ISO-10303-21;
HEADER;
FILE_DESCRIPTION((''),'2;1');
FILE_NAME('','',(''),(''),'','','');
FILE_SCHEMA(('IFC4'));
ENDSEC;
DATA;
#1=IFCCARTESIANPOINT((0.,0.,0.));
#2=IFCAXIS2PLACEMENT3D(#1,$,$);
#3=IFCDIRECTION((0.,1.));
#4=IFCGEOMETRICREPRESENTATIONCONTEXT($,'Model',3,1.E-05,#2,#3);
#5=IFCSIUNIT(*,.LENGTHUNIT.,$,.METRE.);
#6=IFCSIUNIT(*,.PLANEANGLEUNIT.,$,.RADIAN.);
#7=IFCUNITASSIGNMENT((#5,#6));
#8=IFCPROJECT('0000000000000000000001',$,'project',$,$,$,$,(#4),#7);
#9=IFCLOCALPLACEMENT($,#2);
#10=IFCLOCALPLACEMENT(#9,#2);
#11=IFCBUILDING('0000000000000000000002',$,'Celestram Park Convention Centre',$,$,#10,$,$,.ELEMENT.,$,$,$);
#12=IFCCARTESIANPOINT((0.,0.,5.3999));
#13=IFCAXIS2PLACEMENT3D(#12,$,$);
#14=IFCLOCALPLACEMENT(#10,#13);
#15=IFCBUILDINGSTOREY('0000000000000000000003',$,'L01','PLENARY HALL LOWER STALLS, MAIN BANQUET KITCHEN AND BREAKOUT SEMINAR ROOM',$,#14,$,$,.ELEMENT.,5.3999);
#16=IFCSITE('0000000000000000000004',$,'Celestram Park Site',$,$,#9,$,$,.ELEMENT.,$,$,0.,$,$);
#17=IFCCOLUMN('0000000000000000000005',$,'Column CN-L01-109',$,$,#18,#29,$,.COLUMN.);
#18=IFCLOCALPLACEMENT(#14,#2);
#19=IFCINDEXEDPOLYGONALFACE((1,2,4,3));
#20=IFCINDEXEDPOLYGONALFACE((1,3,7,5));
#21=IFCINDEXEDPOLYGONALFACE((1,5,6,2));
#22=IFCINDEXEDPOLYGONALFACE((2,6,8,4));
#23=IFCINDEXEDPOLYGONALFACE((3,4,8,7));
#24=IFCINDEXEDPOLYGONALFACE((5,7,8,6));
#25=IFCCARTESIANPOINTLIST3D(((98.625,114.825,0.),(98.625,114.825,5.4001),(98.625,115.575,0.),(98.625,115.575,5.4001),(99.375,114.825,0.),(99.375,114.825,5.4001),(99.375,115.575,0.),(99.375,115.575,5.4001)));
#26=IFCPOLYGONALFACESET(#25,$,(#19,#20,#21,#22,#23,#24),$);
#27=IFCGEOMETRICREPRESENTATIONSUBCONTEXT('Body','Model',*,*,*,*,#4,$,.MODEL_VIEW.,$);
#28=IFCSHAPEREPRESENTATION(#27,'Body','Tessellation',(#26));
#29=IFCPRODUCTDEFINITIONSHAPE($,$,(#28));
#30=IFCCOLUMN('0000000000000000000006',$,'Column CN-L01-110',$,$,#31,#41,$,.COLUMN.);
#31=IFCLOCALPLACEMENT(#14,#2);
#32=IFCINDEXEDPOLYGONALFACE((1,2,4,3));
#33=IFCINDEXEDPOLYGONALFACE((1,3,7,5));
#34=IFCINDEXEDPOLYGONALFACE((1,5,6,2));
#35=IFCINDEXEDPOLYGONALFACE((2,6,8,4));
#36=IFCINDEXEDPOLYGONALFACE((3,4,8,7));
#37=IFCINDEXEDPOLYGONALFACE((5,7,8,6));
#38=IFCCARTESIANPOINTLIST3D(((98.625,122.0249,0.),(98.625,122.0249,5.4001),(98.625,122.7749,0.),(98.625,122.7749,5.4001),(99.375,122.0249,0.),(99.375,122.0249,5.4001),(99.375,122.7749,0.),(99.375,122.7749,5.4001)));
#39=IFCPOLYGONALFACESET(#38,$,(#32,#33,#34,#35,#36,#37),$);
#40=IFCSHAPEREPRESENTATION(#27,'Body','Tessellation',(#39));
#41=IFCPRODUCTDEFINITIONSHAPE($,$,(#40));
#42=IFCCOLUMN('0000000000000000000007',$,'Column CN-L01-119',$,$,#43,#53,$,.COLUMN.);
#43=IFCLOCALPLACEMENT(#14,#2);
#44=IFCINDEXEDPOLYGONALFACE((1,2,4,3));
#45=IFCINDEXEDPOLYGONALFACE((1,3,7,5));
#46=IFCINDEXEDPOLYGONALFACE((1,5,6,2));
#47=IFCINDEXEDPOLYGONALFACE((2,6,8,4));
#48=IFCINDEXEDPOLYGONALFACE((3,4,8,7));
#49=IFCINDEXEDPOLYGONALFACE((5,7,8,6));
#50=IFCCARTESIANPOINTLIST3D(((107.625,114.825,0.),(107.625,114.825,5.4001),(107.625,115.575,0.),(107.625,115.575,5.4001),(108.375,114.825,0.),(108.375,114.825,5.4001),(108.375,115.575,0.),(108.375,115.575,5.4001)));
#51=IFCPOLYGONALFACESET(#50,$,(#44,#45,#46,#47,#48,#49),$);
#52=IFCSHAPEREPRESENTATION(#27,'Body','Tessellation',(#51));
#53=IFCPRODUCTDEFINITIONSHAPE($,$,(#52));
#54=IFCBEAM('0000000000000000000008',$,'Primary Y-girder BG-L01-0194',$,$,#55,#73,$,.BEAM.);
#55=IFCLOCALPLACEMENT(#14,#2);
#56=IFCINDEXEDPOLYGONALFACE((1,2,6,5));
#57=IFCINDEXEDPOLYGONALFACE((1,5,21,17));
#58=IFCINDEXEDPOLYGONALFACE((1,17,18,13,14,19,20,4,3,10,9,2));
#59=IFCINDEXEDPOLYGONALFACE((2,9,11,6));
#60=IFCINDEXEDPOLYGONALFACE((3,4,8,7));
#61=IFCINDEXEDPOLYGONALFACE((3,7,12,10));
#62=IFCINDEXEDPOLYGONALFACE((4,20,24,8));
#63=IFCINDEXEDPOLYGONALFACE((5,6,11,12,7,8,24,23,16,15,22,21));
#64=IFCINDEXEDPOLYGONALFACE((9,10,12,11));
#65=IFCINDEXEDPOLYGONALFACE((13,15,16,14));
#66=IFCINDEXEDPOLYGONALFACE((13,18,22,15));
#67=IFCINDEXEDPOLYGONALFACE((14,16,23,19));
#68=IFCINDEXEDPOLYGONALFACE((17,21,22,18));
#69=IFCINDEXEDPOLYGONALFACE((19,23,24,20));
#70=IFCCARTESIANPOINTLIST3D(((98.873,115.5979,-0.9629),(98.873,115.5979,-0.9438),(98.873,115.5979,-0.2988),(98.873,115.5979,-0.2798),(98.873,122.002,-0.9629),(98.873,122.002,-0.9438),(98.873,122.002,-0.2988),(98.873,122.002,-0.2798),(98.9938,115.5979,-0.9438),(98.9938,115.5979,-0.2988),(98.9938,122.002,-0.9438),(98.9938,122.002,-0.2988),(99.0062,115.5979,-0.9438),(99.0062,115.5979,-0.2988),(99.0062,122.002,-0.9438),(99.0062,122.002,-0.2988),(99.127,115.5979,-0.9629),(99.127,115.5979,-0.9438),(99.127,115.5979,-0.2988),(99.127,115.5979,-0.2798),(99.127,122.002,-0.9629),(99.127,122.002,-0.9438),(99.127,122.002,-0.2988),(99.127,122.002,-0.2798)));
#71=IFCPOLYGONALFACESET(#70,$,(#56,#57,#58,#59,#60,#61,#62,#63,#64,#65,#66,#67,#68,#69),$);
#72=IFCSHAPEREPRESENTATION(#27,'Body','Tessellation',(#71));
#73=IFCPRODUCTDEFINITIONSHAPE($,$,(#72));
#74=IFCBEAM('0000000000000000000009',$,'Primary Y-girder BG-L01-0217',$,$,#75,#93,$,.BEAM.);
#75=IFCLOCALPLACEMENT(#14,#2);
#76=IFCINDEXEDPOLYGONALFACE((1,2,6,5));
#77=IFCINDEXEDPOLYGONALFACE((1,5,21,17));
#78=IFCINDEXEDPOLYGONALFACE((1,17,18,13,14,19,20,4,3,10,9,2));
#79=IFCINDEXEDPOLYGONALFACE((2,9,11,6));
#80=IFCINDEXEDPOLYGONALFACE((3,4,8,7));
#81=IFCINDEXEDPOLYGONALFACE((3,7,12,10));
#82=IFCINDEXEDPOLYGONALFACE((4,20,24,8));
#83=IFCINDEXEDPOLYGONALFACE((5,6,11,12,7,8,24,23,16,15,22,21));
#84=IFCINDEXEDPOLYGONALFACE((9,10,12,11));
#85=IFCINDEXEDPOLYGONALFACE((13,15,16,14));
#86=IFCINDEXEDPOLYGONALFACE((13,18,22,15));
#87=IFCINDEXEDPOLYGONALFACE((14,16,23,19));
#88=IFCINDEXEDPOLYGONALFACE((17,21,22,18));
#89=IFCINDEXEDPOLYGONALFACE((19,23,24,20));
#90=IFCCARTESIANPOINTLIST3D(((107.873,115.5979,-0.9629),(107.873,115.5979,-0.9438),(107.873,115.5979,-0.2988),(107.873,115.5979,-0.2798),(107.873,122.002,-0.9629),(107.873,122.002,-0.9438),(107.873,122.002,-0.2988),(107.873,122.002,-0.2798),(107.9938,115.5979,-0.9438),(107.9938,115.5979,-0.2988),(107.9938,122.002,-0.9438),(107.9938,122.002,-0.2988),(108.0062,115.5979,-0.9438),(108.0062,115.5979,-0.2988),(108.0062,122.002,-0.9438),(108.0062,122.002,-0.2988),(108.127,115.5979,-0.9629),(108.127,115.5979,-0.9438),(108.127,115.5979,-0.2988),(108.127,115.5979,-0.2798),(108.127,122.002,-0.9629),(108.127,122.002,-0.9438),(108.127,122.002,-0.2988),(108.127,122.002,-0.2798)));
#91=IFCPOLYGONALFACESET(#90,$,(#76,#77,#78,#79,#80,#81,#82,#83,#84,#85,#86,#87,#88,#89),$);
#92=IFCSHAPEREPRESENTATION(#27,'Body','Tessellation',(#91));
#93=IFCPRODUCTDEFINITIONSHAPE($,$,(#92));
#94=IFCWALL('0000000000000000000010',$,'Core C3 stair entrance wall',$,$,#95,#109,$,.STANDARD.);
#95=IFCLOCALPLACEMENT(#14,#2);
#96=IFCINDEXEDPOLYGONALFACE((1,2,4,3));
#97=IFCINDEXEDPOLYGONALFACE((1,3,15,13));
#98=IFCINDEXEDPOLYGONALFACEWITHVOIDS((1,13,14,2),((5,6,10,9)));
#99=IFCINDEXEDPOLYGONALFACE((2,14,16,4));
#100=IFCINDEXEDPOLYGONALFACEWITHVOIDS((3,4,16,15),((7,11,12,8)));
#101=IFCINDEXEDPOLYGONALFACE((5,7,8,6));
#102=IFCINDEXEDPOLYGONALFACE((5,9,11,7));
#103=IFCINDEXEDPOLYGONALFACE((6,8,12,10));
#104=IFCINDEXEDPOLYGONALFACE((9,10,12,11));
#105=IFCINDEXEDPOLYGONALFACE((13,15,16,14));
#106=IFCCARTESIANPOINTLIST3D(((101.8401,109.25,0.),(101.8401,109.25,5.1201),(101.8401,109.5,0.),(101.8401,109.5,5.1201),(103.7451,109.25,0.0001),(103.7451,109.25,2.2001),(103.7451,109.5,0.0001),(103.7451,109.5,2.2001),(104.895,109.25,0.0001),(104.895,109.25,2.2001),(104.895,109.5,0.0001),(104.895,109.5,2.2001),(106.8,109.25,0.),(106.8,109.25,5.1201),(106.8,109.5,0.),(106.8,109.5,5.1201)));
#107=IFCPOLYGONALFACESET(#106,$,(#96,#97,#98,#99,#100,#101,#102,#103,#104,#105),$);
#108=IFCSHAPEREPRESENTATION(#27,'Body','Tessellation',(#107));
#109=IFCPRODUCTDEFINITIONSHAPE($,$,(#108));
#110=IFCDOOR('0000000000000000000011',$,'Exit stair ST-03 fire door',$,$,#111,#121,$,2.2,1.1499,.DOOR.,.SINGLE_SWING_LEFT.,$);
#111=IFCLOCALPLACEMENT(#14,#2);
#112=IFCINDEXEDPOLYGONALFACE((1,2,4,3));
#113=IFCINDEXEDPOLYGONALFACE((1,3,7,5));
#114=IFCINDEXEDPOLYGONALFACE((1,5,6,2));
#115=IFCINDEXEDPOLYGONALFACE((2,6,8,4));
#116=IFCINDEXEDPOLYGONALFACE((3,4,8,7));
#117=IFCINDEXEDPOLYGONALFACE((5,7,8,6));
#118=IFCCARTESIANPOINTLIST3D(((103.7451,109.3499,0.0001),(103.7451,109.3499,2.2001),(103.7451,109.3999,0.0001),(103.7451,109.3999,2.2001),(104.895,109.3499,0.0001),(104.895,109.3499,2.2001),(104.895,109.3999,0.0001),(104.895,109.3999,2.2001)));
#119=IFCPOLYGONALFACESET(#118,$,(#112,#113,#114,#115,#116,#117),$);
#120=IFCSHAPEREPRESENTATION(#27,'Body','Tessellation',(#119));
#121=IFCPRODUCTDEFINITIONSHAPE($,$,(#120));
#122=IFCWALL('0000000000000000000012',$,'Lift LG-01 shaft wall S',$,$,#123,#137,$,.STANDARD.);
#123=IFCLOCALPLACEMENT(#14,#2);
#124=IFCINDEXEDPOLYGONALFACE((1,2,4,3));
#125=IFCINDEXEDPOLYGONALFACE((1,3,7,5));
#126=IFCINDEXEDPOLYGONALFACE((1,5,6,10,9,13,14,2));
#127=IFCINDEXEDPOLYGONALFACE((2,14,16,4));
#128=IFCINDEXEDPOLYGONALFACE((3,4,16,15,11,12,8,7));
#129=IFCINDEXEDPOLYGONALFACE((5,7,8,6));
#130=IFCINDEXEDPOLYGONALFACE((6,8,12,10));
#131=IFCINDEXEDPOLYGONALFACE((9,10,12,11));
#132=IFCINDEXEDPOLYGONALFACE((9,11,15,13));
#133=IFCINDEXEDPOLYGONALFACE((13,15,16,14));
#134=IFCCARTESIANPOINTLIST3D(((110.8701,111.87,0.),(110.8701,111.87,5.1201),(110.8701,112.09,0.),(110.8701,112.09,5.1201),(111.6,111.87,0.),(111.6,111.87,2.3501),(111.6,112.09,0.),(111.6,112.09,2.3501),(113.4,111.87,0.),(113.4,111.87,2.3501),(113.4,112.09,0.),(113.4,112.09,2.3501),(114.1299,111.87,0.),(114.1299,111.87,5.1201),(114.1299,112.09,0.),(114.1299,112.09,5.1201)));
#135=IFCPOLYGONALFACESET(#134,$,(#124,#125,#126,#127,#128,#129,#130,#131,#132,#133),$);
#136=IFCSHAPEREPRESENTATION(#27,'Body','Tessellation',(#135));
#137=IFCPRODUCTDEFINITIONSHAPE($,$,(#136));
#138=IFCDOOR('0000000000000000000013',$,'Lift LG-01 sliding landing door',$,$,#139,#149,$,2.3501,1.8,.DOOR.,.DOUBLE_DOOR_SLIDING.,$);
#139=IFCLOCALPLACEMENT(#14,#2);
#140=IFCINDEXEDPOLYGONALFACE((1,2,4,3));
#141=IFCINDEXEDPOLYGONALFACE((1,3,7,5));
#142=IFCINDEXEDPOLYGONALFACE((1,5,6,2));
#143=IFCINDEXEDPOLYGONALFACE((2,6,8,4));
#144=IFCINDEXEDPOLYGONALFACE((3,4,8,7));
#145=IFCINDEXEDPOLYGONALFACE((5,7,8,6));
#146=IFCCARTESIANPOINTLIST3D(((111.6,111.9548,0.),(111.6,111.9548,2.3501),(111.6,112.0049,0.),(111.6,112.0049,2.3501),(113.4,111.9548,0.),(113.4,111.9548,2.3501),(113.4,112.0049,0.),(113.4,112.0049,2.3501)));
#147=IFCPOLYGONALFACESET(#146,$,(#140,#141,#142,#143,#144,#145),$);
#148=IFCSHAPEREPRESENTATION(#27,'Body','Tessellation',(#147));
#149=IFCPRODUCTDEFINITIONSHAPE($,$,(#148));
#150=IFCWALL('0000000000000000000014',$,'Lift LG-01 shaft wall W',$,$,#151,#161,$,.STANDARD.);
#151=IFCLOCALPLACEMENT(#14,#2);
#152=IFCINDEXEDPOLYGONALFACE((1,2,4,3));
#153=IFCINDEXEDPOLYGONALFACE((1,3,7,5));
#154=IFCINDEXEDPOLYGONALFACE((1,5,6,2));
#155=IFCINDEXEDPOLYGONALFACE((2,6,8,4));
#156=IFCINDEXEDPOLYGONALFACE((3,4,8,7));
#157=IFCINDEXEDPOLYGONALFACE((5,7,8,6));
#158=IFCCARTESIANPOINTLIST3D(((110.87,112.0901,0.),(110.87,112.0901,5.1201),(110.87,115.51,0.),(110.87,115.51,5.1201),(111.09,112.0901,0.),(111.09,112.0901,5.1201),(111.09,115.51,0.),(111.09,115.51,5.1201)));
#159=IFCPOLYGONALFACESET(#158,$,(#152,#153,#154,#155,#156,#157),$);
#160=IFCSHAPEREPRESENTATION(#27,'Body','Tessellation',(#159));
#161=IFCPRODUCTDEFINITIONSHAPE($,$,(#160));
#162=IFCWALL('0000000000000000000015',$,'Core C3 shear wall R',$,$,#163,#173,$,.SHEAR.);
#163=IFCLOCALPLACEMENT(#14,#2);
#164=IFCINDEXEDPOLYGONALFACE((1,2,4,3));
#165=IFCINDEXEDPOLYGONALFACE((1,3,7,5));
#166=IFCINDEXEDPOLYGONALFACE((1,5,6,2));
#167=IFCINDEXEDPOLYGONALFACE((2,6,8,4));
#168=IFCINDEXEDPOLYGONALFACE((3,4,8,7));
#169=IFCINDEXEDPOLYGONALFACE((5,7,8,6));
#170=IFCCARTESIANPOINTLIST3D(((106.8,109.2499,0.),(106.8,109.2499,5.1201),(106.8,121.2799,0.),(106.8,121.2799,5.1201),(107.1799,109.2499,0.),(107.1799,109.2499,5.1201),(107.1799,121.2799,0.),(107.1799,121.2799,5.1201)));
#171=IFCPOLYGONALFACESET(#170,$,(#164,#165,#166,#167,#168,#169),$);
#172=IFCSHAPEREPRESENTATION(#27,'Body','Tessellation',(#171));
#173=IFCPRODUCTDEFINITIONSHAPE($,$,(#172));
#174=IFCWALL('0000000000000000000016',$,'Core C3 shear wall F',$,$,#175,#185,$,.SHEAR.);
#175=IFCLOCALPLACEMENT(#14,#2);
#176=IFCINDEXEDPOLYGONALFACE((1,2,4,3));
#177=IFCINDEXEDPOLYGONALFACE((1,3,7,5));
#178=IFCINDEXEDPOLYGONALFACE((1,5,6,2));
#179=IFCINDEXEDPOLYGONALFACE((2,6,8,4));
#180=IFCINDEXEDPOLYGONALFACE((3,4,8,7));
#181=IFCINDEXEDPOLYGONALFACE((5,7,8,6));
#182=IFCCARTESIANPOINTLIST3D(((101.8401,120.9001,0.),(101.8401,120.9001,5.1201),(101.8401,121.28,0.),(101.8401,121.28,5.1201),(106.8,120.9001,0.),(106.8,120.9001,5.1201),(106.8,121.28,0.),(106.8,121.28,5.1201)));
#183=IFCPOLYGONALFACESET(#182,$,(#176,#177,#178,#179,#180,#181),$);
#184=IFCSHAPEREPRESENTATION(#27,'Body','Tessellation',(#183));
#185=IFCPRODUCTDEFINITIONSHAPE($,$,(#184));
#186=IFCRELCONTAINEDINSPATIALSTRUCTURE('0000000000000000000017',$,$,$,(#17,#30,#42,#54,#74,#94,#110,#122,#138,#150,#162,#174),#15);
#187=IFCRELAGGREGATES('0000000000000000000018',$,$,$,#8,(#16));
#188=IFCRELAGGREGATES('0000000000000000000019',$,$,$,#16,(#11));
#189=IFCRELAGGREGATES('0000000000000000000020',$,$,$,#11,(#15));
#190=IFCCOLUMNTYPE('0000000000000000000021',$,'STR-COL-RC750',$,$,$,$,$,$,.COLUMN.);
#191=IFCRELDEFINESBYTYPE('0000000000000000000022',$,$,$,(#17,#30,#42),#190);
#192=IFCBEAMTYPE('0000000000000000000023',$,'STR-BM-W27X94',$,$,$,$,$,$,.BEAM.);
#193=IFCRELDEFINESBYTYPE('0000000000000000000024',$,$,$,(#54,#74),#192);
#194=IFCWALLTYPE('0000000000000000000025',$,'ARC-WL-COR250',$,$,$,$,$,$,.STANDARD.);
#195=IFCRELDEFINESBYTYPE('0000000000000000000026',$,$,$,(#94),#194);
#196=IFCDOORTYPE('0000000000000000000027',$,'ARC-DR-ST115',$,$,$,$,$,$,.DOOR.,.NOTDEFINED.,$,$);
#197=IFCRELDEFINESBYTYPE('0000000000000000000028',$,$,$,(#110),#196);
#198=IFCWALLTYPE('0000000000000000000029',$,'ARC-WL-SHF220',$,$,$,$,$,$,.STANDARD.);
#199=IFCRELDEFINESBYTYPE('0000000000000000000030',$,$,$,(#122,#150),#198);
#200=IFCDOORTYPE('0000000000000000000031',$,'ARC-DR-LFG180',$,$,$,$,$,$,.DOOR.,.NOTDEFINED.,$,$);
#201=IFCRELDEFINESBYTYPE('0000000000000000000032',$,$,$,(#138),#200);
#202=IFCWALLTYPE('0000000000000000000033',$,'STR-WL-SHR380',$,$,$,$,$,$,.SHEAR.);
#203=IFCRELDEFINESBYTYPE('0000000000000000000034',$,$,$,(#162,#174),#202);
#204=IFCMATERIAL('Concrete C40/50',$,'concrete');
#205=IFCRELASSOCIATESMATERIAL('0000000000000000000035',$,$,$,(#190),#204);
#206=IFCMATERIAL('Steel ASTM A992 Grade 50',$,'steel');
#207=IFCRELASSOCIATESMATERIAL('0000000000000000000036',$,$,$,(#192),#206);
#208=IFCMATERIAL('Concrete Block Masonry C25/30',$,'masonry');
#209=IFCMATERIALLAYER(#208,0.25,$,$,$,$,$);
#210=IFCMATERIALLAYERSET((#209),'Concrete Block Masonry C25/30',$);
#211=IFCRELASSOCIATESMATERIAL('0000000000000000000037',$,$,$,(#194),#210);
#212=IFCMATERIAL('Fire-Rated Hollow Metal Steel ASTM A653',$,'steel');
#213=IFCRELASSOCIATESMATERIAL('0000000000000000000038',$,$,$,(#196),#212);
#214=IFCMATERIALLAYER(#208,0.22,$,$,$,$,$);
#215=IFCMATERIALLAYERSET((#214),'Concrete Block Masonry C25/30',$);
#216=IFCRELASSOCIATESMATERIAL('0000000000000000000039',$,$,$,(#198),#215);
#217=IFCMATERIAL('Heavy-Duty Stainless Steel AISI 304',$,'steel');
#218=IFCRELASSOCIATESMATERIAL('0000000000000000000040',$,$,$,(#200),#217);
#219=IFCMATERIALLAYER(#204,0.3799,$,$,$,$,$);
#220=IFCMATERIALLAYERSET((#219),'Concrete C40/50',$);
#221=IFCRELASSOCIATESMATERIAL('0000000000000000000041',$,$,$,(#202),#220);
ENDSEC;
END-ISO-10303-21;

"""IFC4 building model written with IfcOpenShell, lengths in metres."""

from ifc_helpers import new_model, si_unit, direction, frame, frame_2d, origin, origin_2d, place, context, subcontext, project, spatial, rectangle, i_section, extrude, material, layer, layer_set, material_profile, profile_set, type_object, element, fill, save


model = new_model("IFC4")

# Units and contexts
model_context = context("Model", 3, precision=1e-05, world=origin(), true_north=direction((0.0, 1.0)))
body_context = subcontext(model_context, "Body", "Model", "MODEL_VIEW")
ifc_project = project(units=[si_unit("LENGTHUNIT", "METRE"), si_unit("PLANEANGLEUNIT", "RADIAN")], contexts=[model_context])

# Site, building, storey
site_placement = place(None, origin())
site = spatial("IfcSite", under=ifc_project, at=site_placement, Name="Celestram Park Site", CompositionType="ELEMENT", RefElevation=0.0)
building_placement = place(site_placement, origin())
building = spatial("IfcBuilding", under=site, at=building_placement, Name="Celestram Park Convention Centre", CompositionType="ELEMENT")
storey_placement = place(building_placement, frame((0.0, 0.0, 5.3999)))
storey = spatial("IfcBuildingStorey", under=building, at=storey_placement, Name="L01", Description="PLENARY HALL LOWER STALLS, MAIN BANQUET KITCHEN AND BREAKOUT SEMINAR ROOM", CompositionType="ELEMENT", Elevation=5.3999)

# Columns
ifc_material_1 = material(Name="Concrete C40/50", Category="concrete")
ifc_material_profile_1 = material_profile(ifc_material_1, rectangle(XDim=0.75, YDim=0.75, at=origin_2d()), Name="RC750X750")
ifc_profile_set_1 = profile_set([ifc_material_profile_1], Name="Concrete C40/50")
column_type = type_object("IfcColumnType", Name="STR-COL-RC750", PredefinedType="COLUMN", material=ifc_profile_set_1)
for number, where, z_axis, x_axis, name in (
    (1, (99.0, 115.2, 0.0), (0.0, 0.0, 1.0), (1.0, 0.0, 0.0), "Column CN-L01-109"),
    (2, (99.0, 122.3999, 0.0), (0.0, 0.0, 1.0), (1.0, 0.0, 0.0), "Column CN-L01-110"),
    (3, (108.0, 115.2, 0.0), (0.0, 0.0, 1.0), (1.0, 0.0, 0.0), "Column CN-L01-119"),
):
    element("IfcColumn", number, at=place(storey_placement, frame(where, z_axis=z_axis, x_axis=x_axis)), inside=storey, type_object=column_type, Name=name, PredefinedType="COLUMN", context=body_context, shape_type="SweptSolid", body=[
        extrude(rectangle(XDim=0.75, YDim=0.75, at=origin_2d()), origin(), (0.0, 0.0, 1.0), 5.4001),
    ])

# Beams
ifc_material_2 = material(Name="Steel ASTM A992 Grade 50", Category="steel")
ifc_material_profile_2 = material_profile(ifc_material_2, i_section(OverallWidth=0.2539, OverallDepth=0.6831, WebThickness=0.0125, FlangeThickness=0.019, at=origin_2d()), Name="W27X94")
ifc_profile_set_2 = profile_set([ifc_material_profile_2], Name="Steel ASTM A992 Grade 50")
beam_type = type_object("IfcBeamType", Name="STR-BM-W27X94", PredefinedType="BEAM", material=ifc_profile_set_2)
for number, where, z_axis, x_axis, name in (
    (4, (99.0, 115.5979, -0.6213), (0.0, 1.0, 0.0), (-1.0, 0.0, 0.0), "Primary Y-girder BG-L01-0194"),
    (5, (108.0, 115.5979, -0.6213), (0.0, 1.0, 0.0), (-1.0, 0.0, 0.0), "Primary Y-girder BG-L01-0217"),
):
    element("IfcBeam", number, at=place(storey_placement, frame(where, z_axis=z_axis, x_axis=x_axis)), inside=storey, type_object=beam_type, Name=name, PredefinedType="BEAM", context=body_context, shape_type="SweptSolid", body=[
        extrude(i_section(OverallWidth=0.2539, OverallDepth=0.6831, WebThickness=0.0125, FlangeThickness=0.019, at=origin_2d()), origin(), (0.0, 0.0, 1.0), 6.4041),
    ])

# Walls, openings, doors
ifc_material_3 = material(Name="Concrete Block Masonry C25/30", Category="masonry")
ifc_layer_1 = layer(ifc_material_3, 0.25)
ifc_layer_set_1 = layer_set([ifc_layer_1], Name="Concrete Block Masonry C25/30")
wall_type_1 = type_object("IfcWallType", Name="ARC-WL-COR250", PredefinedType="STANDARD", material=ifc_layer_set_1)
wall_1_placement = place(storey_placement, frame((101.8401, 109.375, 0.0), z_axis=(0.0, 0.0, 1.0), x_axis=(1.0, 0.0, 0.0)))
wall_1 = element("IfcWall", 6, at=wall_1_placement, inside=storey, type_object=wall_type_1, Name="Core C3 stair entrance wall", PredefinedType="STANDARD", context=body_context, shape_type="SweptSolid", body=[
    extrude(rectangle(XDim=4.96, YDim=0.25, at=frame_2d((2.48, 0.0))), origin(), (0.0, 0.0, 1.0), 5.1201),
])
opening_1_placement = place(wall_1_placement, frame((1.905, 0.0, 0.0)))
opening_1 = element("IfcOpeningElement", 7, at=opening_1_placement, cuts=wall_1, PredefinedType="OPENING", context=body_context, shape_type="SweptSolid", body=[
    extrude(rectangle(XDim=1.1499, YDim=2.2, at=frame_2d((0.575, 1.1001))), frame((0.0, 0.135, 0.0), z_axis=(0.0, -1.0, 0.0), x_axis=(1.0, 0.0, 0.0)), (0.0, 0.0, 1.0), 0.27),
])
ifc_material_4 = material(Name="Fire-Rated Hollow Metal Steel ASTM A653", Category="steel")
door_type_1 = type_object("IfcDoorType", Name="ARC-DR-ST115", OperationType="NOTDEFINED", PredefinedType="DOOR", material=ifc_material_4)
door_1_placement = place(opening_1_placement, origin())
door_1 = element("IfcDoor", 8, at=door_1_placement, inside=storey, type_object=door_type_1, Name="Exit stair ST-03 fire door", OperationType="SINGLE_SWING_LEFT", OverallHeight=2.2, OverallWidth=1.1499, PredefinedType="DOOR", context=body_context, shape_type="SweptSolid", body=[
    extrude(rectangle(XDim=1.1499, YDim=2.2, at=frame_2d((0.575, 1.1001))), frame((0.0, 0.0249, 0.0), z_axis=(0.0, -1.0, 0.0), x_axis=(1.0, 0.0, 0.0)), (0.0, 0.0, 1.0), 0.05),
])
fill(opening_1, door_1)
ifc_layer_2 = layer(ifc_material_3, 0.22)
ifc_layer_set_2 = layer_set([ifc_layer_2], Name="Concrete Block Masonry C25/30")
wall_type_2 = type_object("IfcWallType", Name="ARC-WL-SHF220", PredefinedType="STANDARD", material=ifc_layer_set_2)
wall_2_placement = place(storey_placement, frame((110.8701, 111.98, 0.0), z_axis=(0.0, 0.0, 1.0), x_axis=(1.0, 0.0, 0.0)))
wall_2 = element("IfcWall", 9, at=wall_2_placement, inside=storey, type_object=wall_type_2, Name="Lift LG-01 shaft wall S", PredefinedType="STANDARD", context=body_context, shape_type="SweptSolid", body=[
    extrude(rectangle(XDim=3.2598, YDim=0.22, at=frame_2d((1.6299, 0.0))), origin(), (0.0, 0.0, 1.0), 5.1201),
])
opening_2_placement = place(wall_2_placement, frame((0.73, 0.0, 0.0)))
opening_2 = element("IfcOpeningElement", 10, at=opening_2_placement, cuts=wall_2, PredefinedType="OPENING", context=body_context, shape_type="SweptSolid", body=[
    extrude(rectangle(XDim=1.8, YDim=2.3501, at=frame_2d((0.8999, 1.175))), frame((0.0, 0.1199, 0.0), z_axis=(0.0, -1.0, 0.0), x_axis=(1.0, 0.0, 0.0)), (0.0, 0.0, 1.0), 0.24),
])
ifc_material_5 = material(Name="Heavy-Duty Stainless Steel AISI 304", Category="steel")
door_type_2 = type_object("IfcDoorType", Name="ARC-DR-LFG180", OperationType="NOTDEFINED", PredefinedType="DOOR", material=ifc_material_5)
door_2_placement = place(opening_2_placement, origin())
door_2 = element("IfcDoor", 11, at=door_2_placement, inside=storey, type_object=door_type_2, Name="Lift LG-01 sliding landing door", OperationType="DOUBLE_DOOR_SLIDING", OverallHeight=2.3501, OverallWidth=1.8, PredefinedType="DOOR", context=body_context, shape_type="SweptSolid", body=[
    extrude(rectangle(XDim=1.8, YDim=2.3501, at=frame_2d((0.8999, 1.175))), frame((0.0, 0.0249, 0.0), z_axis=(0.0, -1.0, 0.0), x_axis=(1.0, 0.0, 0.0)), (0.0, 0.0, 1.0), 0.05),
])
fill(opening_2, door_2)

# Walls
wall_3_placement = place(storey_placement, frame((110.98, 115.51, 0.0), z_axis=(0.0, 0.0, 1.0), x_axis=(0.0, -1.0, 0.0)))
element("IfcWall", 12, at=wall_3_placement, inside=storey, type_object=wall_type_2, Name="Lift LG-01 shaft wall W", PredefinedType="STANDARD", context=body_context, shape_type="SweptSolid", body=[
    extrude(rectangle(XDim=3.4199, YDim=0.22, at=frame_2d((1.71, 0.0))), origin(), (0.0, 0.0, 1.0), 5.1201),
])
ifc_layer_3 = layer(ifc_material_1, 0.3799)
ifc_layer_set_3 = layer_set([ifc_layer_3], Name="Concrete C40/50")
wall_type_3 = type_object("IfcWallType", Name="STR-WL-SHR380", PredefinedType="SHEAR", material=ifc_layer_set_3)
wall_4_placement = place(storey_placement, frame((106.99, 121.28, 0.0), z_axis=(0.0, 0.0, 1.0), x_axis=(0.0, -1.0, 0.0)))
element("IfcWall", 13, at=wall_4_placement, inside=storey, type_object=wall_type_3, Name="Core C3 shear wall R", PredefinedType="SHEAR", context=body_context, shape_type="SweptSolid", body=[
    extrude(rectangle(XDim=12.03, YDim=0.3799, at=frame_2d((6.0151, 0.0))), origin(), (0.0, 0.0, 1.0), 5.1201),
])
wall_5_placement = place(storey_placement, frame((101.8401, 121.0901, 0.0), z_axis=(0.0, 0.0, 1.0), x_axis=(1.0, 0.0, 0.0)))
element("IfcWall", 14, at=wall_5_placement, inside=storey, type_object=wall_type_3, Name="Core C3 shear wall F", PredefinedType="SHEAR", context=body_context, shape_type="SweptSolid", body=[
    extrude(rectangle(XDim=4.96, YDim=0.3799, at=frame_2d((2.48, 0.0))), origin(), (0.0, 0.0, 1.0), 5.1201),
])

save(model, "model.ifc")
